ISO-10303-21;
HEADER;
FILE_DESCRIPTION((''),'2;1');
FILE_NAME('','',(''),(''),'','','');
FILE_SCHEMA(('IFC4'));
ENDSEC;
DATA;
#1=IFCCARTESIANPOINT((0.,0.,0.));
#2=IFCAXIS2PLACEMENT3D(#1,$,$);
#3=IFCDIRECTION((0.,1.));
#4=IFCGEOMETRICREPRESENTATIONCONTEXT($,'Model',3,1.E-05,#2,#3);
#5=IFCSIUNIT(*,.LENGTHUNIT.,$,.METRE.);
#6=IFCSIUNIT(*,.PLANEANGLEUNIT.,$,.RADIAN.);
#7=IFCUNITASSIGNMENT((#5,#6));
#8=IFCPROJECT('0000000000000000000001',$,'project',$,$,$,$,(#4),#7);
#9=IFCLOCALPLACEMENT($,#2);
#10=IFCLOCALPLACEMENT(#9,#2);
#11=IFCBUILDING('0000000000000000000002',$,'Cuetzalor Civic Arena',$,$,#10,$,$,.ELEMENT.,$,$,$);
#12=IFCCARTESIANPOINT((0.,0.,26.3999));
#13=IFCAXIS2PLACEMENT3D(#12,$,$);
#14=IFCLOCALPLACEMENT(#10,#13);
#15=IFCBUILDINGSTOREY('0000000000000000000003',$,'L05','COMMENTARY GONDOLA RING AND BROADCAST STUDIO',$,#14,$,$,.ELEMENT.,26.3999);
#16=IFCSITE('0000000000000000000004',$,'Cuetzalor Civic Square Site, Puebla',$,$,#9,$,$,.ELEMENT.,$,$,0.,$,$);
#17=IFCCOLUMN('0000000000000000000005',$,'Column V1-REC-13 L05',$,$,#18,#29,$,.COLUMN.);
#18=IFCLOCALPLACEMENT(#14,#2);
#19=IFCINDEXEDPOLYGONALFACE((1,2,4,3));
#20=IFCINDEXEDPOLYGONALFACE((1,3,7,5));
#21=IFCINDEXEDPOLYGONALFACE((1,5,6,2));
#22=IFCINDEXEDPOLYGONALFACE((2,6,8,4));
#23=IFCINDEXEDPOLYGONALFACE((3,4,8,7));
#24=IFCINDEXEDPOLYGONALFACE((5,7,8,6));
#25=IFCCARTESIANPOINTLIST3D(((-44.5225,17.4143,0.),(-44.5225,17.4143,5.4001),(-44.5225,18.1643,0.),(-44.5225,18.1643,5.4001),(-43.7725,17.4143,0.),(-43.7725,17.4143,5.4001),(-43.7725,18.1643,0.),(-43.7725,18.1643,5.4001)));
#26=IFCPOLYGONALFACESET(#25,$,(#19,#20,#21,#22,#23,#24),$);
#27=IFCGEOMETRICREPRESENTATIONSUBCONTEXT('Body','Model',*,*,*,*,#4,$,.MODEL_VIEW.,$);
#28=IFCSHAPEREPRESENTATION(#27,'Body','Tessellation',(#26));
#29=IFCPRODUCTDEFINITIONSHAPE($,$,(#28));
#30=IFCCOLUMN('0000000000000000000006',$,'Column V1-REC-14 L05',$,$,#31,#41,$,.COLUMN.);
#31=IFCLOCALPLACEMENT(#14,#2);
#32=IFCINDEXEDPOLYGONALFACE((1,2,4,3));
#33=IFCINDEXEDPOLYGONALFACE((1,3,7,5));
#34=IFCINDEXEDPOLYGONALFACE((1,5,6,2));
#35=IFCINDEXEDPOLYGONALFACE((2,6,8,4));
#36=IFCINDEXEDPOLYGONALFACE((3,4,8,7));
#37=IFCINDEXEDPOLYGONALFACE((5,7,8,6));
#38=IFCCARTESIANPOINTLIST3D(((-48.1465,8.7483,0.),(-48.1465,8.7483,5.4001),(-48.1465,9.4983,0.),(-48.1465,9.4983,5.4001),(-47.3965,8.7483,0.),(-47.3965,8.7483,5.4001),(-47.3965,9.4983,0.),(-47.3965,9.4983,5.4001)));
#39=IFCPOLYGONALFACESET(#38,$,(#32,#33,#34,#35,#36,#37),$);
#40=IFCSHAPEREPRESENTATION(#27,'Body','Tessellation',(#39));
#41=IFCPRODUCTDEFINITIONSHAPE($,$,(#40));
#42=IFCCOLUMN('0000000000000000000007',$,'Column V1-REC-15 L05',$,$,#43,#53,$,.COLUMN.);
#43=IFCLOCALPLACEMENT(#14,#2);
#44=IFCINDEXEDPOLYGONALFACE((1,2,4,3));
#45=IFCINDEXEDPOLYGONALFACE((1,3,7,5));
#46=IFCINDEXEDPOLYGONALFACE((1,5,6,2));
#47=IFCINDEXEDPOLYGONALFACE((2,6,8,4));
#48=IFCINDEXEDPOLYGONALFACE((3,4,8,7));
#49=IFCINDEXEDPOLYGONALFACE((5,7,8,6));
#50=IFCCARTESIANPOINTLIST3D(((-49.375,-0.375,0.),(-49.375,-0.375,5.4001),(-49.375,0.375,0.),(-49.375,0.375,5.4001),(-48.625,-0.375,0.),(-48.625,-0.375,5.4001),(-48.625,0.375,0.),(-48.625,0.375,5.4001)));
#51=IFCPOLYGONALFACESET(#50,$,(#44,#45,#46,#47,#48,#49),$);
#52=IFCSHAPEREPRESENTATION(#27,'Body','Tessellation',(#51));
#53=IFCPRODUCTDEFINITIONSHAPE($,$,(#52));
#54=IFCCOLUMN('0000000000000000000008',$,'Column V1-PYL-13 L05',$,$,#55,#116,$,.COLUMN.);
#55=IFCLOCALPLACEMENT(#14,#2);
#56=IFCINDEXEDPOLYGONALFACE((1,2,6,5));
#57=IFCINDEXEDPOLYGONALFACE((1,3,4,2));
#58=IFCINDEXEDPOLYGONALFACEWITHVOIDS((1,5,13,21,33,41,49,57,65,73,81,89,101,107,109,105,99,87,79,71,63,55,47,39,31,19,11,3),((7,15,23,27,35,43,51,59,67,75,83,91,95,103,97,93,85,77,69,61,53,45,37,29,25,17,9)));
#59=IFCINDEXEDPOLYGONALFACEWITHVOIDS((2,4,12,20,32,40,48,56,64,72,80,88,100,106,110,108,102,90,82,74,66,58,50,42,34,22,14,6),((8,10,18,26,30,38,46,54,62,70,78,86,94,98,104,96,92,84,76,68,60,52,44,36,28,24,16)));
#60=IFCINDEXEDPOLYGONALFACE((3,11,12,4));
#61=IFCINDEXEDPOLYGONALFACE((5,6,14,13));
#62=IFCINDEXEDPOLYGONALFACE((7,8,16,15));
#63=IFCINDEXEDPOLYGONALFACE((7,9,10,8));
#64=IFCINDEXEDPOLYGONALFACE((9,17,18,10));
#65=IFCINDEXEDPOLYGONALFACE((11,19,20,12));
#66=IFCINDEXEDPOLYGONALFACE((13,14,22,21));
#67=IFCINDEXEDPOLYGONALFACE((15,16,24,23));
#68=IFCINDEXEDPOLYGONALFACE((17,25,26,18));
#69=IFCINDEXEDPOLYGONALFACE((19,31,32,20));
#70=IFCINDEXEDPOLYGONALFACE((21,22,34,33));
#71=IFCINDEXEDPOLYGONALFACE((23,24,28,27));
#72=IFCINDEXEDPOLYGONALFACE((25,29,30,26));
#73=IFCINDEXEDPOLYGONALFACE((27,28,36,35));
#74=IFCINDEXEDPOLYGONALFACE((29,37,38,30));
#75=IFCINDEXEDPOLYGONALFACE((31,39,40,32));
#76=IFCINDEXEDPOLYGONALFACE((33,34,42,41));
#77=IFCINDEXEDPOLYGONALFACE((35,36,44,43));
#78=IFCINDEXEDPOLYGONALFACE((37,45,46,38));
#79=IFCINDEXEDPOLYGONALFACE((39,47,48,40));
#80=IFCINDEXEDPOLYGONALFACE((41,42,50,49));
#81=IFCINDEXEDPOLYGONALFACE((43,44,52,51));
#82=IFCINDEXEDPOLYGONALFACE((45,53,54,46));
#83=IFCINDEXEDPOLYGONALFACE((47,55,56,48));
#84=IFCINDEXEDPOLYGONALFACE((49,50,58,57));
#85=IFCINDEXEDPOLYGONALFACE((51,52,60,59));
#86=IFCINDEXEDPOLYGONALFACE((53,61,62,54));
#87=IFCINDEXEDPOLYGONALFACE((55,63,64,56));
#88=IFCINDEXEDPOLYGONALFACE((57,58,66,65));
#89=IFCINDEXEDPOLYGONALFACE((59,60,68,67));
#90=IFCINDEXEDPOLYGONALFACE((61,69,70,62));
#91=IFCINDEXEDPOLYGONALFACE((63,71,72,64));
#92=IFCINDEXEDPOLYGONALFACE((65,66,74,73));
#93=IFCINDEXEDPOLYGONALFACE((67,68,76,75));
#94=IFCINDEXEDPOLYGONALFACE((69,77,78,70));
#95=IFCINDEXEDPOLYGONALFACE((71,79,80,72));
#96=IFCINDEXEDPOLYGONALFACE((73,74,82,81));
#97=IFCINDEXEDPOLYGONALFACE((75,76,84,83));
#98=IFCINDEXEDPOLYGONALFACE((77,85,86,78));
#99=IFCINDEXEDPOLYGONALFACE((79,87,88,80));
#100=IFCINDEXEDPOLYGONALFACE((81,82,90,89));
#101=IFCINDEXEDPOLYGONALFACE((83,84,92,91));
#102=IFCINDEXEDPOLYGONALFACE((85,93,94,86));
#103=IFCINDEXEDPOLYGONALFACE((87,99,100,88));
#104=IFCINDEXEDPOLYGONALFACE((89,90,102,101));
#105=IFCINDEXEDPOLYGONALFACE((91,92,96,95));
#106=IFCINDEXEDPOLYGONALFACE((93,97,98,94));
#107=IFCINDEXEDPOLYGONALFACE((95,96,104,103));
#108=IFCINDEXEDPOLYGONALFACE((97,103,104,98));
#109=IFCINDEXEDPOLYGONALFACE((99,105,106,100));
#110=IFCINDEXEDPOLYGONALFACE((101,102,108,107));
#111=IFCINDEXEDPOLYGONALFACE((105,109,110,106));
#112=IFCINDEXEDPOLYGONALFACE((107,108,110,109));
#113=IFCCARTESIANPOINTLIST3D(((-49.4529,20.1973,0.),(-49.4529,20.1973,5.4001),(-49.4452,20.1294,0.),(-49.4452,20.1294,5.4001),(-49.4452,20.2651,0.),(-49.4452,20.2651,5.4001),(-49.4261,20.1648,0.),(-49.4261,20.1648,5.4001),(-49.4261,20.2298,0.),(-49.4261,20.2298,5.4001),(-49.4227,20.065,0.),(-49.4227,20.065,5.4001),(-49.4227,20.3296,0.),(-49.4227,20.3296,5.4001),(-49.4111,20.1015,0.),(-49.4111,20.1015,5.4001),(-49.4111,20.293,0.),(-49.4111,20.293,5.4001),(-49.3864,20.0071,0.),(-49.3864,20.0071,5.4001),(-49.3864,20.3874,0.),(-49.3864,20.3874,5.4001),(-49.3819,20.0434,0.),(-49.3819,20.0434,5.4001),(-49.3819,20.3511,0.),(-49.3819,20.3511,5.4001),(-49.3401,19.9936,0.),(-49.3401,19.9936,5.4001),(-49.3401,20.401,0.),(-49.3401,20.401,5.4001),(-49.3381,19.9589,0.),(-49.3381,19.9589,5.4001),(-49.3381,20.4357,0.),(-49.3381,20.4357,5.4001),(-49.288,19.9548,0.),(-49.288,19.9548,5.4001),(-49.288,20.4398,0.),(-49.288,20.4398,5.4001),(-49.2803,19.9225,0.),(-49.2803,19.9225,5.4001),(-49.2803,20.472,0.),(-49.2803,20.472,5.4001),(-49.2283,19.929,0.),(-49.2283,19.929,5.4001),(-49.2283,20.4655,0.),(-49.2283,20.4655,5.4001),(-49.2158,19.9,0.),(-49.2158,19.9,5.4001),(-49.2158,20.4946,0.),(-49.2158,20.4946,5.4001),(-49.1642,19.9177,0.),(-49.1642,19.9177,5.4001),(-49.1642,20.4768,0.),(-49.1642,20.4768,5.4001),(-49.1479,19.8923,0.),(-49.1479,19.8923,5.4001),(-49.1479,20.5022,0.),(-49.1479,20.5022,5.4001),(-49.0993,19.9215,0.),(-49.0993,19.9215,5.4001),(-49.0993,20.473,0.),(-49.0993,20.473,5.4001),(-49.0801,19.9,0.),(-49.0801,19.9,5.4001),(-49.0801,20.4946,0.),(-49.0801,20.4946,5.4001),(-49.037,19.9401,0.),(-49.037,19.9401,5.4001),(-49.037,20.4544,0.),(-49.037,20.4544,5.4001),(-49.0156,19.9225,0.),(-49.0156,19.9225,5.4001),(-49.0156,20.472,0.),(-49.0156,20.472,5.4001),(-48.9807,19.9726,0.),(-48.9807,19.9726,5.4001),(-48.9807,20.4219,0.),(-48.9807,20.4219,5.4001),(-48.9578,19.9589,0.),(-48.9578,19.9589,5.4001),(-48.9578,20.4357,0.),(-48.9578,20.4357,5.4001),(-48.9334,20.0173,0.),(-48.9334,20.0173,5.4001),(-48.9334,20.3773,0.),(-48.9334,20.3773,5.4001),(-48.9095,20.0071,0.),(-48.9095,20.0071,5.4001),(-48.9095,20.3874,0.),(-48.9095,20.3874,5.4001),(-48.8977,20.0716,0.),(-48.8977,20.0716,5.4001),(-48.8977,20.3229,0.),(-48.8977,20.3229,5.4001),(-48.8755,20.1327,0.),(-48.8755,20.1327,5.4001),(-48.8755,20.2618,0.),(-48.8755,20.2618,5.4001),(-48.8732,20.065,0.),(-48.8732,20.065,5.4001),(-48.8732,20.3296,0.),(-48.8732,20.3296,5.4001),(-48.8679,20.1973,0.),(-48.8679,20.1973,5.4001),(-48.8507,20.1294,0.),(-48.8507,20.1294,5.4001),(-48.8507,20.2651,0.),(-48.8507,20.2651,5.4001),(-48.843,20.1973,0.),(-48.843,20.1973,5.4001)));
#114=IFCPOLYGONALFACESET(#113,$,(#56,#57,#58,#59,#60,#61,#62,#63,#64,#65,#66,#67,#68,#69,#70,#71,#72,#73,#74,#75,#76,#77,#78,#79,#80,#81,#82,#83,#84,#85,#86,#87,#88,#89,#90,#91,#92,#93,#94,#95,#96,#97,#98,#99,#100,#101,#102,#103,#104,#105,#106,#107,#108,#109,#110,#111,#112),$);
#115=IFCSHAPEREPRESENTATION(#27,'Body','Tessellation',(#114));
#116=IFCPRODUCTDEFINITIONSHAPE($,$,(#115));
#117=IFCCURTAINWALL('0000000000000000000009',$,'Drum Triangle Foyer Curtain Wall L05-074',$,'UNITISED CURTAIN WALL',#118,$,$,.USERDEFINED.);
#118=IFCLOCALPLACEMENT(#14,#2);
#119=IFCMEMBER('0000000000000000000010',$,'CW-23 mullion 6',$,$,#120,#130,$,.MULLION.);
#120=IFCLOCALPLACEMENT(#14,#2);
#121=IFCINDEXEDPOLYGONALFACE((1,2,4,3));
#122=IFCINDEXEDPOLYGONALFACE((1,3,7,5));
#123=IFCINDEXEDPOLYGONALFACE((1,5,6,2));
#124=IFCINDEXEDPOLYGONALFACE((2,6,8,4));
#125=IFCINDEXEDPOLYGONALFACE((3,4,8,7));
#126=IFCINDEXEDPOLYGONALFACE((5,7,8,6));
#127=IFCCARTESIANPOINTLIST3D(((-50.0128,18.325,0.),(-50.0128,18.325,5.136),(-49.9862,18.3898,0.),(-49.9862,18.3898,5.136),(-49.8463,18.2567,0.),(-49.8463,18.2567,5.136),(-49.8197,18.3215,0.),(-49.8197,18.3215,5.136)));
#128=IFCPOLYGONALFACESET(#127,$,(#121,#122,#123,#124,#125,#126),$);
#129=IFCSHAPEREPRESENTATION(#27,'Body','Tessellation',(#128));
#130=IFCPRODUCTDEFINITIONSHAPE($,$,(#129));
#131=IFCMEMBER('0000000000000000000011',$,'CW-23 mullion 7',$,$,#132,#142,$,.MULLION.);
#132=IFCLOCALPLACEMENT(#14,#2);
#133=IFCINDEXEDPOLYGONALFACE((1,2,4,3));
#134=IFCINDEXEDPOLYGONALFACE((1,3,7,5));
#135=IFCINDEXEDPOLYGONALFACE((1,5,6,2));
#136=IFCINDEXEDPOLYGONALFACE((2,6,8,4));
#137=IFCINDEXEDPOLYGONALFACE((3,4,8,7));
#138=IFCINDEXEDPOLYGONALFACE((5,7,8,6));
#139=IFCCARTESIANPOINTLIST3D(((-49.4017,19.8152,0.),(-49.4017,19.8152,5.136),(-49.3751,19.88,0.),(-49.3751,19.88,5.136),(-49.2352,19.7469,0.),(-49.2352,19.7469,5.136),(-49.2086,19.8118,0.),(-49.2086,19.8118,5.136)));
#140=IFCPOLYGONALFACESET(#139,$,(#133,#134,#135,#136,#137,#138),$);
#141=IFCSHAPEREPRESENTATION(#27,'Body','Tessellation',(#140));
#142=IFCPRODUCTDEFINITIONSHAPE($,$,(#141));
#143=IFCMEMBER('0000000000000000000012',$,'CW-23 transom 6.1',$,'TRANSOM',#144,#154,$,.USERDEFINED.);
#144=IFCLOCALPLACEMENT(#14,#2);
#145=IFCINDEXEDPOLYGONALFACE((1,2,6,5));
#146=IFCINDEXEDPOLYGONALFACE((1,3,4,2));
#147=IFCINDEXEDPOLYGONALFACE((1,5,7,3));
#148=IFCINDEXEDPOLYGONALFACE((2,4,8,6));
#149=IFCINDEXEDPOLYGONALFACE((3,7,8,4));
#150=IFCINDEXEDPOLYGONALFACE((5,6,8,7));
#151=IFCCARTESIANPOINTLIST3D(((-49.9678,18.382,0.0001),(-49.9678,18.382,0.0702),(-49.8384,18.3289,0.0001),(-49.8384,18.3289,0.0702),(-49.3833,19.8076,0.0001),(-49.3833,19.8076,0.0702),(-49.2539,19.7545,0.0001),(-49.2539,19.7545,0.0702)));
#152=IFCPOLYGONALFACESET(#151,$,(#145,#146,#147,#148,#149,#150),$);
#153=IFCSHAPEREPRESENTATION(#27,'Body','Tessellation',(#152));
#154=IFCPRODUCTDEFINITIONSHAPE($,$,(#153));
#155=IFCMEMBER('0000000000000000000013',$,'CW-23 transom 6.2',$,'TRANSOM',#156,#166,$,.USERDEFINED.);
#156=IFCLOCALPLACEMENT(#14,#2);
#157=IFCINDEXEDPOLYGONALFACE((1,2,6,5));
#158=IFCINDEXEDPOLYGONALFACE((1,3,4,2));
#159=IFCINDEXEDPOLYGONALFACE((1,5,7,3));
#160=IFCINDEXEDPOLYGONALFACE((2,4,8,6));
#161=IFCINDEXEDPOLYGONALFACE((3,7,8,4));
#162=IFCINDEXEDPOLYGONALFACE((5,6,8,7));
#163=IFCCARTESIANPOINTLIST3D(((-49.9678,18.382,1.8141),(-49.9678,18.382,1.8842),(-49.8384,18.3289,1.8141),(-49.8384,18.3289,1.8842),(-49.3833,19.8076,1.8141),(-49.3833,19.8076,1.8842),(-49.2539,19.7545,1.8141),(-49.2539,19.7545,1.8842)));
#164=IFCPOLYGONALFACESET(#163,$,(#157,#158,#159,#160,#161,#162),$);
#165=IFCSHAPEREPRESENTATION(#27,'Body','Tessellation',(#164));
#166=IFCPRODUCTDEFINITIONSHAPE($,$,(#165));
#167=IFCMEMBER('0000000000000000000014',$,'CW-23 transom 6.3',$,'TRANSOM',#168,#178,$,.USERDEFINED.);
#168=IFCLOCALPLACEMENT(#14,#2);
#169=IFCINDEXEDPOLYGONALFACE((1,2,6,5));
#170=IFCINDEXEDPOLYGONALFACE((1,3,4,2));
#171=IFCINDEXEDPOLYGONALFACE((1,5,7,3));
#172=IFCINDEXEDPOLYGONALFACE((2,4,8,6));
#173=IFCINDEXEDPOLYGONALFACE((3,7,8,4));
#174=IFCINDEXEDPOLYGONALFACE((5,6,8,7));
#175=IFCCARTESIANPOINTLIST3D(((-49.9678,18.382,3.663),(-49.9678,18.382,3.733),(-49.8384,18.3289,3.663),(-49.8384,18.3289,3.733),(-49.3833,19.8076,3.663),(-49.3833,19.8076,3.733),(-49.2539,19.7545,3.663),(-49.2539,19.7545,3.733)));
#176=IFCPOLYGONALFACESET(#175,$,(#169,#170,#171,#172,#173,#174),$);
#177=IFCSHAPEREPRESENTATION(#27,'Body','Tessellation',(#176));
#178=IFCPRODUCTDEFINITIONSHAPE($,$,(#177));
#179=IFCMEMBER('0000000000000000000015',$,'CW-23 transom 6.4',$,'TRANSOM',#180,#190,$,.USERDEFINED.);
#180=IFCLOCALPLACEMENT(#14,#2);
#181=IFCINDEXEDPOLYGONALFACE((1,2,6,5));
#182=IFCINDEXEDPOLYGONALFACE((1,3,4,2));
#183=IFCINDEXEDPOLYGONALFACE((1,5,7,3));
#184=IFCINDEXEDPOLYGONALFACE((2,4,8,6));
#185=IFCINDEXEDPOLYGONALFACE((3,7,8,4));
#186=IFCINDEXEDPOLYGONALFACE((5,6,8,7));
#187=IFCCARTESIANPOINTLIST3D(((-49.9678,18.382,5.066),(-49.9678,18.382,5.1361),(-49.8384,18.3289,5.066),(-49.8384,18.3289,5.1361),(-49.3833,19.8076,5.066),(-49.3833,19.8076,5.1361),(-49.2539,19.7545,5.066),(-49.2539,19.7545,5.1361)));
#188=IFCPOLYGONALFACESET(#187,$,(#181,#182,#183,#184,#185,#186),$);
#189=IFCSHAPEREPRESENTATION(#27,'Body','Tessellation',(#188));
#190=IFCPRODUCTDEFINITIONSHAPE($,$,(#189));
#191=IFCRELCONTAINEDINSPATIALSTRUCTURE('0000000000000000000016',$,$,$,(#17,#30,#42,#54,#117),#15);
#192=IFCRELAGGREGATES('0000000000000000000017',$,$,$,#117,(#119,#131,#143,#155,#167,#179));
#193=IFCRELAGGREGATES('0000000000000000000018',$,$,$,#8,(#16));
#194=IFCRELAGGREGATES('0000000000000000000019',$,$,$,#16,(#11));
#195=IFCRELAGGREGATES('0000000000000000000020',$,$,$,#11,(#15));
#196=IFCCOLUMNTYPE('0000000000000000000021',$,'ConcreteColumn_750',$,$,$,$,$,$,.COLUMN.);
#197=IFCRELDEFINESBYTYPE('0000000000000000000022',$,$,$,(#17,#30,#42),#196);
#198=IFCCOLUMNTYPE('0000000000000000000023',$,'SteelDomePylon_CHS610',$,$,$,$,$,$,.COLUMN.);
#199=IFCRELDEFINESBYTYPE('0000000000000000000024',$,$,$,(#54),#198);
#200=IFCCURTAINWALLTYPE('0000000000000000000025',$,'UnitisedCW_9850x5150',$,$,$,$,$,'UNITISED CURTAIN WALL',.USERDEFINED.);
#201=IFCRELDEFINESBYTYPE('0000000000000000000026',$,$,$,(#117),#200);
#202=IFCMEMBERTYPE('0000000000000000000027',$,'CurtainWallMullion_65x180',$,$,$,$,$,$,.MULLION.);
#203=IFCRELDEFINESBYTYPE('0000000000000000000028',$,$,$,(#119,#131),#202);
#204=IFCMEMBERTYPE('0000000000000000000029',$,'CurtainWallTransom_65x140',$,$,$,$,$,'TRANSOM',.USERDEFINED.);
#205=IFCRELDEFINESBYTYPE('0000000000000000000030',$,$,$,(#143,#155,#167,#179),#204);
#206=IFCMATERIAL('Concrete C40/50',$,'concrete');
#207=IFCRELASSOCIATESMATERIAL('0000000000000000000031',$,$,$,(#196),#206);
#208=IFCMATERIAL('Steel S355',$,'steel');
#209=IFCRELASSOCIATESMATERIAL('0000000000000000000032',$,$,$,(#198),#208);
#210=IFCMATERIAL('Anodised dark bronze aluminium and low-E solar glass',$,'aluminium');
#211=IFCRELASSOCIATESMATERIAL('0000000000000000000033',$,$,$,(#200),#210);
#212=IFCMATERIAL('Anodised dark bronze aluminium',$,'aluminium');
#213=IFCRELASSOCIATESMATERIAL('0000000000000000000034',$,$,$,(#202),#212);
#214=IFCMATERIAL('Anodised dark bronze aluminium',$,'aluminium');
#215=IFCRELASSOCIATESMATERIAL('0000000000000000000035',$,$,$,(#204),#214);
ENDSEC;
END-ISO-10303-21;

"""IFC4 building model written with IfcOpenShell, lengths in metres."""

from ifc_helpers import new_model, si_unit, direction, frame, origin, origin_2d, place, context, subcontext, project, spatial, rectangle, hollow_circle, extrude, material, material_profile, profile_set, type_object, element, aggregate, save


model = new_model("IFC4")

# Units and contexts
model_context = context("Model", 3, precision=1e-05, world=origin(), true_north=direction((0.0, 1.0)))
body_context = subcontext(model_context, "Body", "Model", "MODEL_VIEW")
ifc_project = project(units=[si_unit("LENGTHUNIT", "METRE"), si_unit("PLANEANGLEUNIT", "RADIAN")], contexts=[model_context])

# Site, building, storey
site_placement = place(None, origin())
site = spatial("IfcSite", under=ifc_project, at=site_placement, Name="Cuetzalor Civic Square Site, Puebla", CompositionType="ELEMENT", RefElevation=0.0)
building_placement = place(site_placement, origin())
building = spatial("IfcBuilding", under=site, at=building_placement, Name="Cuetzalor Civic Arena", CompositionType="ELEMENT")
storey_placement = place(building_placement, frame((0.0, 0.0, 26.3999)))
storey = spatial("IfcBuildingStorey", under=building, at=storey_placement, Name="L05", Description="COMMENTARY GONDOLA RING AND BROADCAST STUDIO", CompositionType="ELEMENT", Elevation=26.3999)

# Columns
ifc_material_1 = material(Name="Concrete C40/50", Category="concrete")
ifc_material_profile_1 = material_profile(ifc_material_1, rectangle(XDim=0.75, YDim=0.75, at=origin_2d()), Name="RC 750x750")
ifc_profile_set_1 = profile_set([ifc_material_profile_1], Name="Concrete C40/50")
column_type_1 = type_object("IfcColumnType", Name="ConcreteColumn_750", PredefinedType="COLUMN", material=ifc_profile_set_1)
for number, where, z_axis, x_axis, name in (
    (1, (-44.1475, 17.7893, 0.0), (0.0, 0.0, 1.0), (1.0, 0.0, 0.0), "Column V1-REC-13 L05"),
    (2, (-47.7715, 9.1233, 0.0), (0.0, 0.0, 1.0), (1.0, 0.0, 0.0), "Column V1-REC-14 L05"),
    (3, (-49.0, 0.0, 0.0), (0.0, 0.0, 1.0), (1.0, 0.0, 0.0), "Column V1-REC-15 L05"),
):
    element("IfcColumn", number, at=place(storey_placement, frame(where, z_axis=z_axis, x_axis=x_axis)), inside=storey, type_object=column_type_1, Name=name, PredefinedType="COLUMN", context=body_context, shape_type="SweptSolid", body=[
        extrude(rectangle(XDim=0.75, YDim=0.75, at=origin_2d()), origin(), (0.0, 0.0, 1.0), 5.4001),
    ])
ifc_material_2 = material(Name="Steel S355", Category="steel")
ifc_material_profile_2 = material_profile(ifc_material_2, hollow_circle(Radius=0.3049, WallThickness=0.0249, at=origin_2d()), Name="CHS 610x25")
ifc_profile_set_2 = profile_set([ifc_material_profile_2], Name="Steel S355")
column_type_2 = type_object("IfcColumnType", Name="SteelDomePylon_CHS610", PredefinedType="COLUMN", material=ifc_profile_set_2)
column_placement = place(storey_placement, frame((-49.1479, 20.1973, 0.0), z_axis=(0.0, 0.0, 1.0), x_axis=(1.0, 0.0, 0.0)))
element("IfcColumn", 4, at=column_placement, inside=storey, type_object=column_type_2, Name="Column V1-PYL-13 L05", PredefinedType="COLUMN", context=body_context, shape_type="SweptSolid", body=[
    extrude(hollow_circle(Radius=0.3049, WallThickness=0.0249, at=origin_2d()), origin(), (0.0, 0.0, 1.0), 5.4001),
])

# Curtain wall, members
ifc_material_3 = material(Name="Anodised dark bronze aluminium and low-E solar glass", Category="aluminium")
curtain_wall_type = type_object("IfcCurtainWallType", Name="UnitisedCW_9850x5150", ElementType="UNITISED CURTAIN WALL", PredefinedType="USERDEFINED", material=ifc_material_3)
curtain_wall_placement = place(storey_placement, origin())
curtain_wall = element("IfcCurtainWall", 5, at=curtain_wall_placement, inside=storey, type_object=curtain_wall_type, Name="Drum Triangle Foyer Curtain Wall L05-074", ObjectType="UNITISED CURTAIN WALL", PredefinedType="USERDEFINED")
ifc_material_4 = material(Name="Anodised dark bronze aluminium", Category="aluminium")
ifc_material_profile_3 = material_profile(ifc_material_4, rectangle(XDim=0.0701, YDim=0.1799, at=origin_2d()), Name="ALU MULLION 70x180")
ifc_profile_set_3 = profile_set([ifc_material_profile_3], Name="Anodised dark bronze aluminium")
member_type_1 = type_object("IfcMemberType", Name="CurtainWallMullion_65x180", PredefinedType="MULLION", material=ifc_profile_set_3)
member_1_placement = place(storey_placement, frame((-49.9163, 18.3232, 0.0), z_axis=(0.0, 0.0, 1.0), x_axis=(0.379391, 0.925236, 0.0)))
member_1 = element("IfcMember", 6, at=member_1_placement, type_object=member_type_1, Name="CW-23 mullion 6", PredefinedType="MULLION", context=body_context, shape_type="SweptSolid", body=[
    extrude(rectangle(XDim=0.0701, YDim=0.1799, at=origin_2d()), origin(), (0.0, 0.0, 1.0), 5.136),
])
member_2_placement = place(storey_placement, frame((-49.3052, 19.8135, 0.0), z_axis=(0.0, 0.0, 1.0), x_axis=(0.379391, 0.925236, 0.0)))
member_2 = element("IfcMember", 7, at=member_2_placement, type_object=member_type_1, Name="CW-23 mullion 7", PredefinedType="MULLION", context=body_context, shape_type="SweptSolid", body=[
    extrude(rectangle(XDim=0.0701, YDim=0.1799, at=origin_2d()), origin(), (0.0, 0.0, 1.0), 5.136),
])
ifc_material_5 = material(Name="Anodised dark bronze aluminium", Category="aluminium")
ifc_material_profile_4 = material_profile(ifc_material_5, rectangle(XDim=0.1399, YDim=0.0701, at=origin_2d()), Name="ALU TRANSOM 70x140")
ifc_profile_set_4 = profile_set([ifc_material_profile_4], Name="Anodised dark bronze aluminium")
member_type_2 = type_object("IfcMemberType", Name="CurtainWallTransom_65x140", ElementType="TRANSOM", PredefinedType="USERDEFINED", material=ifc_profile_set_4)
member_3_placement = place(storey_placement, frame((-49.9031, 18.3555, 0.0352), z_axis=(0.379355, 0.925251, 0.0), x_axis=(-0.925251, 0.379355, 0.0)))
member_3 = element("IfcMember", 8, at=member_3_placement, type_object=member_type_2, Name="CW-23 transom 6.1", ObjectType="TRANSOM", PredefinedType="USERDEFINED", context=body_context, shape_type="SweptSolid", body=[
    extrude(rectangle(XDim=0.1399, YDim=0.0701, at=origin_2d()), origin(), (0.0, 0.0, 1.0), 1.5408),
])
member_4_placement = place(storey_placement, frame((-49.9031, 18.3555, 1.8491), z_axis=(0.379355, 0.925251, 0.0), x_axis=(-0.925251, 0.379355, 0.0)))
member_4 = element("IfcMember", 9, at=member_4_placement, type_object=member_type_2, Name="CW-23 transom 6.2", ObjectType="TRANSOM", PredefinedType="USERDEFINED", context=body_context, shape_type="SweptSolid", body=[
    extrude(rectangle(XDim=0.1399, YDim=0.0701, at=origin_2d()), origin(), (0.0, 0.0, 1.0), 1.5408),
])
member_5_placement = place(storey_placement, frame((-49.9031, 18.3555, 3.698), z_axis=(0.379355, 0.925251, 0.0), x_axis=(-0.925251, 0.379355, 0.0)))
member_5 = element("IfcMember", 10, at=member_5_placement, type_object=member_type_2, Name="CW-23 transom 6.3", ObjectType="TRANSOM", PredefinedType="USERDEFINED", context=body_context, shape_type="SweptSolid", body=[
    extrude(rectangle(XDim=0.1399, YDim=0.0701, at=origin_2d()), origin(), (0.0, 0.0, 1.0), 1.5408),
])
member_6_placement = place(storey_placement, frame((-49.9031, 18.3555, 5.1011), z_axis=(0.379355, 0.925251, 0.0), x_axis=(-0.925251, 0.379355, 0.0)))
member_6 = element("IfcMember", 11, at=member_6_placement, type_object=member_type_2, Name="CW-23 transom 6.4", ObjectType="TRANSOM", PredefinedType="USERDEFINED", context=body_context, shape_type="SweptSolid", body=[
    extrude(rectangle(XDim=0.1399, YDim=0.0701, at=origin_2d()), origin(), (0.0, 0.0, 1.0), 1.5408),
])
aggregate(curtain_wall, [member_1, member_2, member_3, member_4, member_5, member_6])

save(model, "model.ifc")
